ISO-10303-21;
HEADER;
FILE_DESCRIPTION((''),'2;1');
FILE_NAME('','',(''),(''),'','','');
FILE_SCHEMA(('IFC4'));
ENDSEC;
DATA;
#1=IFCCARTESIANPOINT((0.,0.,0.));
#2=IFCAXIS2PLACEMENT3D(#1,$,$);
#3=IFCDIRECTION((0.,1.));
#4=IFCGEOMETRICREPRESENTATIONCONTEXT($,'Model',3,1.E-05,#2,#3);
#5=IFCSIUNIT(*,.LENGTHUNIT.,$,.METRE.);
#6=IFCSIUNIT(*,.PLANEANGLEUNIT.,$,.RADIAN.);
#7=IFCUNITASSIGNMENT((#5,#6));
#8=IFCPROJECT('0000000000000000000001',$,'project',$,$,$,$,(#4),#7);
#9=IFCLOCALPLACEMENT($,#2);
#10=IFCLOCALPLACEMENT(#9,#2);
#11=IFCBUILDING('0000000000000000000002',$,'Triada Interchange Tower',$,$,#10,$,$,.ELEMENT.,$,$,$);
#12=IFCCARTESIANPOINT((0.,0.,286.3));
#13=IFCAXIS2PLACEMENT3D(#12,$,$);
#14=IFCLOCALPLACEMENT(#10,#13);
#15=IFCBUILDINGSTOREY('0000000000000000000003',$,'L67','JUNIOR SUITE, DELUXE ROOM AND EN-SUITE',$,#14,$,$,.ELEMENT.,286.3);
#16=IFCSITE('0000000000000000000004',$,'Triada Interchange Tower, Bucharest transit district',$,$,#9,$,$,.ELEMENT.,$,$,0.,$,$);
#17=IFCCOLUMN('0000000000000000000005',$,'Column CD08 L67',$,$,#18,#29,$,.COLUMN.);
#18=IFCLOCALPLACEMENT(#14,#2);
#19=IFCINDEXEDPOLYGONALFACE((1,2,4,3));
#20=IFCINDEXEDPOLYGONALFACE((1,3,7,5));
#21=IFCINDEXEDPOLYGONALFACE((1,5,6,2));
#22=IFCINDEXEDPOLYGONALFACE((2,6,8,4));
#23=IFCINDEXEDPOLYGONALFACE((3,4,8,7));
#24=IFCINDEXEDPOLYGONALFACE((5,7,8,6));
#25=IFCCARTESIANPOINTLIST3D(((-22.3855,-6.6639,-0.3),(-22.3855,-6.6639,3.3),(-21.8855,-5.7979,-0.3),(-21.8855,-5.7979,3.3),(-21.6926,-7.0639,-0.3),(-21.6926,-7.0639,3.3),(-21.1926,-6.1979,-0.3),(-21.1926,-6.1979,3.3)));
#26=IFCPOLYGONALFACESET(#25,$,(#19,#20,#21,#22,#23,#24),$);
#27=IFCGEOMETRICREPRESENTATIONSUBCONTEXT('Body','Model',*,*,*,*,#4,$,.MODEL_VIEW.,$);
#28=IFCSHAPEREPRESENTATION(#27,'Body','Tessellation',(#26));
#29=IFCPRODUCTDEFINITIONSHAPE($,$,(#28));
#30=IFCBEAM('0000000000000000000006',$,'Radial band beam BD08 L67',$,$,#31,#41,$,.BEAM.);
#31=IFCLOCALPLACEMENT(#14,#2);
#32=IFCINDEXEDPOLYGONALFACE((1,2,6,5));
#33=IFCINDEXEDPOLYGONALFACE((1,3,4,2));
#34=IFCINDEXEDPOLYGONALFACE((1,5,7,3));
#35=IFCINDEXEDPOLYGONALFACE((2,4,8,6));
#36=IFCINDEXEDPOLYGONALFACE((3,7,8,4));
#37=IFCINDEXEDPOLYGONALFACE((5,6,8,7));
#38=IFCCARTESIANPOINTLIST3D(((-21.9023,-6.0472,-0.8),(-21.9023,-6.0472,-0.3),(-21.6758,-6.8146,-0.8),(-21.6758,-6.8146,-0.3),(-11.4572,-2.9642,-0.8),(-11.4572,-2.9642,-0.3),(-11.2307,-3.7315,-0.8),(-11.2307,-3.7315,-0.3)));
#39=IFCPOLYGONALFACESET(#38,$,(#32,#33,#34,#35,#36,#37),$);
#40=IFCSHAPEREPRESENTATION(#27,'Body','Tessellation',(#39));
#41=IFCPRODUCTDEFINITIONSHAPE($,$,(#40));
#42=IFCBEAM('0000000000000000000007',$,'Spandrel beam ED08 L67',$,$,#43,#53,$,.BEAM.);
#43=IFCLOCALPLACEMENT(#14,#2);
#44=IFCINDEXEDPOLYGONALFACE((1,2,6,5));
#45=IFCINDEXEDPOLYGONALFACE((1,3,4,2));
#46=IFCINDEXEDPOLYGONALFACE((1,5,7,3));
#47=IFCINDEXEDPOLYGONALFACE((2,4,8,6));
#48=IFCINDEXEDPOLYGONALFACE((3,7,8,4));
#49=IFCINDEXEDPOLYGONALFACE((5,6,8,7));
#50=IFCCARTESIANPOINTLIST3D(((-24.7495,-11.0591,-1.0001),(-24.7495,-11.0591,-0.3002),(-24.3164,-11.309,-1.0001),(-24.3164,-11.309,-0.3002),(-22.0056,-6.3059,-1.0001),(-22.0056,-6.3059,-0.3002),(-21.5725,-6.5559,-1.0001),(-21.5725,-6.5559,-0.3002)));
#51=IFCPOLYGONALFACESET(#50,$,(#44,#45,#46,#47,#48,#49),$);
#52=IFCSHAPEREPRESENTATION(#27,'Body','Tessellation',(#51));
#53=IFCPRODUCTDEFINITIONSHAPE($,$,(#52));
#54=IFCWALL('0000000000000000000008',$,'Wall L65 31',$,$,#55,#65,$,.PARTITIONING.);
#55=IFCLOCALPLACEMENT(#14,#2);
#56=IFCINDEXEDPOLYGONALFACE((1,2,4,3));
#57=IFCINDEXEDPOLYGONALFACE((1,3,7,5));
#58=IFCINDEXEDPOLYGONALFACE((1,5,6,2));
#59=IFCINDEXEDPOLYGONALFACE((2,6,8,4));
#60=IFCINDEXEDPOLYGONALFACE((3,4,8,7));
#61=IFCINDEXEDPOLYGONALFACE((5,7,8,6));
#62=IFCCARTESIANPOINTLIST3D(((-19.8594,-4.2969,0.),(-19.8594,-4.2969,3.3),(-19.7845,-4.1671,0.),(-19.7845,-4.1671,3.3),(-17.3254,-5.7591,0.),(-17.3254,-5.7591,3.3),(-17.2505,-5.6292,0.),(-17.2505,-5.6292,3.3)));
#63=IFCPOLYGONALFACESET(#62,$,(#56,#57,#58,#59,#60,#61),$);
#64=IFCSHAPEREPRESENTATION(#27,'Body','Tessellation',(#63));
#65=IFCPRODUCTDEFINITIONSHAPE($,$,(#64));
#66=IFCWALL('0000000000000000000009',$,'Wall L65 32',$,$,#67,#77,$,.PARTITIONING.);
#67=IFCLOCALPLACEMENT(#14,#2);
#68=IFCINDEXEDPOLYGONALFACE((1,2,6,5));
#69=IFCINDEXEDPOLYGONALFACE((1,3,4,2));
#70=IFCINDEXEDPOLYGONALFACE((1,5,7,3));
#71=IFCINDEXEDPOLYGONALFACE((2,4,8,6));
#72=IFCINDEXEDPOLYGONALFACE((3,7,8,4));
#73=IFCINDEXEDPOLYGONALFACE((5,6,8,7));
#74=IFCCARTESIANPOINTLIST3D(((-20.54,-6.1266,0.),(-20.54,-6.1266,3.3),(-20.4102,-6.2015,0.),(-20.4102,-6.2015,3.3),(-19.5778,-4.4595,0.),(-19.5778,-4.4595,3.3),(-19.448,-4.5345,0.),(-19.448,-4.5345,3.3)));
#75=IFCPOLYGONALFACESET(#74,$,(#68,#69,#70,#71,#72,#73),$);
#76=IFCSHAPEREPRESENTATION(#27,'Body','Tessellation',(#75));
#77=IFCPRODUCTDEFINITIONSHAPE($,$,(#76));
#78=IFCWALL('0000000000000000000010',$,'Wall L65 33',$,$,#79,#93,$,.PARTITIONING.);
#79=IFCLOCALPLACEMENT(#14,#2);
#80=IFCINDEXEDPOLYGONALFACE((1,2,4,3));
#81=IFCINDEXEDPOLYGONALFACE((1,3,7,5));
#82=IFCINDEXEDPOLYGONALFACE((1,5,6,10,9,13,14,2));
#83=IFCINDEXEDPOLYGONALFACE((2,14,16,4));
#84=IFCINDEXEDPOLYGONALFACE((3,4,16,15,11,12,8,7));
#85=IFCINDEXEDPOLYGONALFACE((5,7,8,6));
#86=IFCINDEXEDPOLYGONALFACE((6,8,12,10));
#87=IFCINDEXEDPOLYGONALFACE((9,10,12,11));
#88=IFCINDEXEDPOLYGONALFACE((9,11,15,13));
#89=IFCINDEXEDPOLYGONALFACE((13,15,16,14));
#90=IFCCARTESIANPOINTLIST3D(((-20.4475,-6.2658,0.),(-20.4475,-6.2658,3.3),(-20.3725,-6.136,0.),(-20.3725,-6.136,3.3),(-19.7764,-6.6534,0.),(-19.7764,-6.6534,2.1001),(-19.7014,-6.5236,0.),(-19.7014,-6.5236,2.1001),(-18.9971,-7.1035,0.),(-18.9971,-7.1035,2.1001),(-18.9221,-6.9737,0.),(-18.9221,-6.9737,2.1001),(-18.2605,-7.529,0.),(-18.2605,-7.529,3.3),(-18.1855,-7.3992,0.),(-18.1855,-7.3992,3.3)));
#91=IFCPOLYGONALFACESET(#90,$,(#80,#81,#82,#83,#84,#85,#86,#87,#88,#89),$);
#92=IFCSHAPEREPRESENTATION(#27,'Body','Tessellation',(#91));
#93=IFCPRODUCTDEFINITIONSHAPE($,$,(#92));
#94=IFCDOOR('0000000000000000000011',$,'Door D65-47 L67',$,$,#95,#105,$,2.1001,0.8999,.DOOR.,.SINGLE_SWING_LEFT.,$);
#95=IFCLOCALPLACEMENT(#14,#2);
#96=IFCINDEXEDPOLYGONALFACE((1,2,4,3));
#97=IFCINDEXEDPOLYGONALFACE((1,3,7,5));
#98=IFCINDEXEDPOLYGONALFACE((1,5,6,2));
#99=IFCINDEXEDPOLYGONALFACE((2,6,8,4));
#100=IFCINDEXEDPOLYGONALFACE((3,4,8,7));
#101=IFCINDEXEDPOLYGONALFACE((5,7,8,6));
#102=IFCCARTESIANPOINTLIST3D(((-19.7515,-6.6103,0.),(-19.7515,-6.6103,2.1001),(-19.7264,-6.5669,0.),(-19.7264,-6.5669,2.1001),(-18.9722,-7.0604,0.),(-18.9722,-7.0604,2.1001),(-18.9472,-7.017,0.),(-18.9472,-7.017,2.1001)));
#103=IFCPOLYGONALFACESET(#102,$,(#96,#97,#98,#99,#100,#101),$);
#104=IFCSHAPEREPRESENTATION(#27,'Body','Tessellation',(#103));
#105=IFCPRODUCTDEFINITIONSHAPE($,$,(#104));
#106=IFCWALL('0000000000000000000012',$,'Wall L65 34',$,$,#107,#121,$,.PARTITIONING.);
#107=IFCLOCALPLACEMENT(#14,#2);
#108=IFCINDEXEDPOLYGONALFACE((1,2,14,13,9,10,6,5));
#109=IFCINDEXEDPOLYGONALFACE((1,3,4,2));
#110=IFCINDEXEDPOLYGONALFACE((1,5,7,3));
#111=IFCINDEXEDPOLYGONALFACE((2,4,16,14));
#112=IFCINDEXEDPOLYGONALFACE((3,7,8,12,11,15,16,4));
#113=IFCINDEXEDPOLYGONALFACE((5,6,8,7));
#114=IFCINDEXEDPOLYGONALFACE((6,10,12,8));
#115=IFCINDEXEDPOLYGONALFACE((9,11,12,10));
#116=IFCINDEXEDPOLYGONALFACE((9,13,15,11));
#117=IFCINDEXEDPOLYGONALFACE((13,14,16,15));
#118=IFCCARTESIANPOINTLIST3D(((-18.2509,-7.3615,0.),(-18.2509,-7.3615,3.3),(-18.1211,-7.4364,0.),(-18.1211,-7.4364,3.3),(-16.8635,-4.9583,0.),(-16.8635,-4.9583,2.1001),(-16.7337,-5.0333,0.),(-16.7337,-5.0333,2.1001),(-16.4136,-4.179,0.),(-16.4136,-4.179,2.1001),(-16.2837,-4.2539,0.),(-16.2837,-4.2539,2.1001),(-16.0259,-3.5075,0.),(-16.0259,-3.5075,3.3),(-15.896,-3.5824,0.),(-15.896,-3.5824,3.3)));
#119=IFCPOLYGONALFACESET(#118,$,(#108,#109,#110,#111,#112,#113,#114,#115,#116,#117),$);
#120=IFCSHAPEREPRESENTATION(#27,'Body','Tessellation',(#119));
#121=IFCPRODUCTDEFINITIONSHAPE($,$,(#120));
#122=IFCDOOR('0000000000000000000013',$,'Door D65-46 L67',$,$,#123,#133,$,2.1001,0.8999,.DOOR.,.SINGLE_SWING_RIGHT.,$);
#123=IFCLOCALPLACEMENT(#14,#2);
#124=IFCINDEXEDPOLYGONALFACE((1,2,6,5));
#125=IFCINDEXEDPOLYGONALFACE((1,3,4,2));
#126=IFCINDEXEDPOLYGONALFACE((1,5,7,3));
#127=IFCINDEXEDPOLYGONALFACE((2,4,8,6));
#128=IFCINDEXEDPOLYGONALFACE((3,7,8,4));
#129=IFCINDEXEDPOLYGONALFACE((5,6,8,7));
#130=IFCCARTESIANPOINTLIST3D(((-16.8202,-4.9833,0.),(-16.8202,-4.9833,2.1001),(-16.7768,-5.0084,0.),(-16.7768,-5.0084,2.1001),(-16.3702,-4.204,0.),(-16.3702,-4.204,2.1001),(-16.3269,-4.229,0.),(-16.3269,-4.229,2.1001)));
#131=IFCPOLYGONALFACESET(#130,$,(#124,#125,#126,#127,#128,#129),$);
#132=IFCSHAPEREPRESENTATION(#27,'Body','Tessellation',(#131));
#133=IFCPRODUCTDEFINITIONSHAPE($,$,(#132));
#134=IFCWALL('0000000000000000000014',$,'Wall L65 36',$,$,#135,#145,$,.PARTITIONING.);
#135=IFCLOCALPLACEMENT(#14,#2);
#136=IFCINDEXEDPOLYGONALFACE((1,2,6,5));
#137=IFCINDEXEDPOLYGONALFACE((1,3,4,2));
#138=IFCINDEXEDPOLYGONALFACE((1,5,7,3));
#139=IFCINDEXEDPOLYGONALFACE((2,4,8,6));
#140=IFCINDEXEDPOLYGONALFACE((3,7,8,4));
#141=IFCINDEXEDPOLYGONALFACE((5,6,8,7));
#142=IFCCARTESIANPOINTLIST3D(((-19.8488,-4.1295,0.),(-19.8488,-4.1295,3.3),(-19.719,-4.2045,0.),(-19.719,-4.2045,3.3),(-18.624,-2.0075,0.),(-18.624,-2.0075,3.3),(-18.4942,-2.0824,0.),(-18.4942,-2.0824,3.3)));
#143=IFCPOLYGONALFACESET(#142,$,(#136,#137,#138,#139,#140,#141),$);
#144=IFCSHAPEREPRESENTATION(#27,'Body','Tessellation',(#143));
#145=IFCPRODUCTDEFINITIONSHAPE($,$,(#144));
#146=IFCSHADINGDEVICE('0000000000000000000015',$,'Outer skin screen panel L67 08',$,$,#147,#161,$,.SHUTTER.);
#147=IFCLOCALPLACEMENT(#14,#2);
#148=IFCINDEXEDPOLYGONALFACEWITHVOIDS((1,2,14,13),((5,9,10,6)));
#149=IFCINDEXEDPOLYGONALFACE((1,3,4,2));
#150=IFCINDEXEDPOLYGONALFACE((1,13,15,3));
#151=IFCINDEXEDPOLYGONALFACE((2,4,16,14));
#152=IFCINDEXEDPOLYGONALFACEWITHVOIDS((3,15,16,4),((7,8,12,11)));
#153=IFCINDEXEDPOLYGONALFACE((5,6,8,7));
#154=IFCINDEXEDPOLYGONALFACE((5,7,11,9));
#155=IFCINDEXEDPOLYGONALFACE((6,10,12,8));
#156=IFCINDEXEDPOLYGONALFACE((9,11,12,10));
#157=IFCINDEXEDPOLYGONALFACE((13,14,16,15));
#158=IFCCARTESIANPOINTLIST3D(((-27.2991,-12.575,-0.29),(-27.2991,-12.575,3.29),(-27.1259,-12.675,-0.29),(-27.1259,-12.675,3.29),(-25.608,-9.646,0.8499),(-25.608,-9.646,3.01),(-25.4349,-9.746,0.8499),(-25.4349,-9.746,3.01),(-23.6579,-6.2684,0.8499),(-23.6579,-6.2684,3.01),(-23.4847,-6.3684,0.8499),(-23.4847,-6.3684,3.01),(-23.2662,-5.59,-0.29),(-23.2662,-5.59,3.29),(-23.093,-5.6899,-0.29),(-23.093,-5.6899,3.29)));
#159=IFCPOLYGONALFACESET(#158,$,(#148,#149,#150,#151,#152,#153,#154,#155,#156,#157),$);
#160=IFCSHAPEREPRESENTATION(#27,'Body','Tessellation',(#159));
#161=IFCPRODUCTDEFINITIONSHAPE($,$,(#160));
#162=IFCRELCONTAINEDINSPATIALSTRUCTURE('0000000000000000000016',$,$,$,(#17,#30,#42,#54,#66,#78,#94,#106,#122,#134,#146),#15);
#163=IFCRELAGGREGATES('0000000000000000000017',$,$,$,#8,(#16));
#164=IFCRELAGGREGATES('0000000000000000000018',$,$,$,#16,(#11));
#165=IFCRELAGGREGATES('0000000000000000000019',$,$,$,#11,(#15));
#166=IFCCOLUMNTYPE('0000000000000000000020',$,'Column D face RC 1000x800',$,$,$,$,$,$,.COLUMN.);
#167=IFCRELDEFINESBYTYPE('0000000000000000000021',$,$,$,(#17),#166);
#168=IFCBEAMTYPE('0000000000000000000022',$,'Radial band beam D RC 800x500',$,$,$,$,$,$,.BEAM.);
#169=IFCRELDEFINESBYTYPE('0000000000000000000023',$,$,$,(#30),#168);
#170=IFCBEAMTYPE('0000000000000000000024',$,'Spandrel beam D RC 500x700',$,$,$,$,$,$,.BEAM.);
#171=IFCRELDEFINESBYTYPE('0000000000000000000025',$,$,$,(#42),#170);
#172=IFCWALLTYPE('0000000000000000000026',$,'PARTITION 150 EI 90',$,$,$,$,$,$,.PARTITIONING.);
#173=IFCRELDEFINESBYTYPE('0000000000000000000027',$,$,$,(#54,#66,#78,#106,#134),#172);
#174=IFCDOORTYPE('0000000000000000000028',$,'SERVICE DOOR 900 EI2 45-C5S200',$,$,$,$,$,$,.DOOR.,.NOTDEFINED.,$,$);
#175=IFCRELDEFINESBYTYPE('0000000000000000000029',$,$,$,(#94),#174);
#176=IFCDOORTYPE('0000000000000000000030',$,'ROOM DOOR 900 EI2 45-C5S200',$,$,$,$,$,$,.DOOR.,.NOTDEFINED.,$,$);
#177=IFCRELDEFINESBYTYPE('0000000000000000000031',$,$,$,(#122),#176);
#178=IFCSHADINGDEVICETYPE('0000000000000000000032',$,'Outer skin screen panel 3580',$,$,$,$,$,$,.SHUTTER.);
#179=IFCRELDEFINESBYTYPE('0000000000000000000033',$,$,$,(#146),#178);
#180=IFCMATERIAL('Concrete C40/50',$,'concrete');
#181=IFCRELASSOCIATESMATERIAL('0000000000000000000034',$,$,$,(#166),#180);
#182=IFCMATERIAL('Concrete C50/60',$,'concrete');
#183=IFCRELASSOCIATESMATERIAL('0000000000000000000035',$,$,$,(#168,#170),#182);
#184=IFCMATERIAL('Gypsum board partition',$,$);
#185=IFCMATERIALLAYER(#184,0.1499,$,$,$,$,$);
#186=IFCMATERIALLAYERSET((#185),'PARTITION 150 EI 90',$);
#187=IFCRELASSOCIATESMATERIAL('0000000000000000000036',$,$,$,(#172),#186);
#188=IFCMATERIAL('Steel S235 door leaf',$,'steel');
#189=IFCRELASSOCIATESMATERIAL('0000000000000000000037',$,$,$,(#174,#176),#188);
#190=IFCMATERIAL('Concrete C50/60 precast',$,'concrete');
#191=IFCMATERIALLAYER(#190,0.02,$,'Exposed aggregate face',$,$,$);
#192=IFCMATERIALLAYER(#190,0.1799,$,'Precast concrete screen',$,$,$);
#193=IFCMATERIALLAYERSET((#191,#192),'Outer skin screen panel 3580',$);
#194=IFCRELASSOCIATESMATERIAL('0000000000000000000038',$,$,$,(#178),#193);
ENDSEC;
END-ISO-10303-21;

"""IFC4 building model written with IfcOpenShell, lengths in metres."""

from ifc_helpers import new_model, si_unit, direction, frame, frame_2d, origin, origin_2d, place, context, subcontext, project, spatial, polyline, rectangle, outline, extrude, material, layer, layer_set, material_profile, profile_set, type_object, element, fill, save


model = new_model("IFC4")

# Units and contexts
model_context = context("Model", 3, precision=1e-05, world=origin(), true_north=direction((0.0, 1.0)))
body_context = subcontext(model_context, "Body", "Model", "MODEL_VIEW")
ifc_project = project(units=[si_unit("LENGTHUNIT", "METRE"), si_unit("PLANEANGLEUNIT", "RADIAN")], contexts=[model_context])

# Site, building, storey
site_placement = place(None, origin())
site = spatial("IfcSite", under=ifc_project, at=site_placement, Name="Triada Interchange Tower, Bucharest transit district", CompositionType="ELEMENT", RefElevation=0.0)
building_placement = place(site_placement, origin())
building = spatial("IfcBuilding", under=site, at=building_placement, Name="Triada Interchange Tower", CompositionType="ELEMENT")
storey_placement = place(building_placement, frame((0.0, 0.0, 286.3)))
storey = spatial("IfcBuildingStorey", under=building, at=storey_placement, Name="L67", Description="JUNIOR SUITE, DELUXE ROOM AND EN-SUITE", CompositionType="ELEMENT", Elevation=286.3)

# Column
ifc_material_1 = material(Name="Concrete C40/50", Category="concrete")
ifc_material_profile_1 = material_profile(ifc_material_1, rectangle(XDim=1.0, YDim=0.8, at=origin_2d()), Name="RC 1000x800")
ifc_profile_set_1 = profile_set([ifc_material_profile_1], Name="Concrete C40/50")
column_type = type_object("IfcColumnType", Name="Column D face RC 1000x800", PredefinedType="COLUMN", material=ifc_profile_set_1)
column_placement = place(storey_placement, frame((-21.7891, -6.4309, -0.3), z_axis=(0.0, 0.0, 1.0), x_axis=(0.5, 0.866025, 0.0)))
element("IfcColumn", 1, at=column_placement, inside=storey, type_object=column_type, Name="Column CD08 L67", PredefinedType="COLUMN", context=body_context, shape_type="SweptSolid", body=[
    extrude(rectangle(XDim=1.0, YDim=0.8, at=origin_2d()), origin(), (0.0, 0.0, 1.0), 3.6001),
])

# Beams
ifc_material_2 = material(Name="Concrete C50/60", Category="concrete")
ifc_material_profile_2 = material_profile(ifc_material_2, rectangle(XDim=0.8, YDim=0.5, at=origin_2d()), Name="RC 800x500")
ifc_profile_set_2 = profile_set([ifc_material_profile_2], Name="Concrete C50/60")
beam_type_1 = type_object("IfcBeamType", Name="Radial band beam D RC 800x500", PredefinedType="BEAM", material=ifc_profile_set_2)
beam_1_placement = place(storey_placement, frame((-21.7891, -6.4309, -0.55), z_axis=(0.959093, 0.28309, 0.0), x_axis=(-0.28309, 0.959093, 0.0)))
element("IfcBeam", 2, at=beam_1_placement, inside=storey, type_object=beam_type_1, Name="Radial band beam BD08 L67", PredefinedType="BEAM", context=body_context, shape_type="SweptSolid", body=[
    extrude(rectangle(XDim=0.8, YDim=0.5, at=origin_2d()), origin(), (0.0, 0.0, 1.0), 10.8906),
])
ifc_material_profile_3 = material_profile(ifc_material_2, rectangle(XDim=0.5, YDim=0.7, at=origin_2d()), Name="RC 500x700")
ifc_profile_set_3 = profile_set([ifc_material_profile_3], Name="Concrete C50/60")
beam_type_2 = type_object("IfcBeamType", Name="Spandrel beam D RC 500x700", PredefinedType="BEAM", material=ifc_profile_set_3)
beam_2_placement = place(storey_placement, frame((-21.7891, -6.4309, -0.6501), z_axis=(-0.499952, -0.866053, 0.0), x_axis=(0.866053, -0.499952, 0.0)))
element("IfcBeam", 3, at=beam_2_placement, inside=storey, type_object=beam_type_2, Name="Spandrel beam ED08 L67", PredefinedType="BEAM", context=body_context, shape_type="SweptSolid", body=[
    extrude(rectangle(XDim=0.5, YDim=0.7, at=origin_2d()), origin(), (0.0, 0.0, 1.0), 5.4883),
])

# Walls
ifc_material_3 = material(Name="Gypsum board partition")
ifc_layer_1 = layer(ifc_material_3, 0.1499)
ifc_layer_set_1 = layer_set([ifc_layer_1], Name="PARTITION 150 EI 90")
wall_type = type_object("IfcWallType", Name="PARTITION 150 EI 90", PredefinedType="PARTITIONING", material=ifc_layer_set_1)
wall_1_placement = place(storey_placement, frame((-19.822, -4.2319, 0.0), z_axis=(0.0, 0.0, 1.0), x_axis=(0.866145, -0.499792, 0.0)))
element("IfcWall", 4, at=wall_1_placement, inside=storey, type_object=wall_type, Name="Wall L65 31", PredefinedType="PARTITIONING", context=body_context, shape_type="SweptSolid", body=[
    extrude(rectangle(XDim=2.9255, YDim=0.1499, at=frame_2d((1.4629, 0.0))), origin(), (0.0, 0.0, 1.0), 3.3),
])
wall_2_placement = place(storey_placement, frame((-20.4751, -6.1641, 0.0), z_axis=(0.0, 0.0, 1.0), x_axis=(0.499891, 0.866088, 0.0)))
element("IfcWall", 5, at=wall_2_placement, inside=storey, type_object=wall_type, Name="Wall L65 32", PredefinedType="PARTITIONING", context=body_context, shape_type="SweptSolid", body=[
    extrude(rectangle(XDim=1.9248, YDim=0.1499, at=frame_2d((0.9624, 0.0))), origin(), (0.0, 0.0, 1.0), 3.3),
])

# Walls, openings, doors
wall_3_placement = place(storey_placement, frame((-20.4099, -6.2009, 0.0), z_axis=(0.0, 0.0, 1.0), x_axis=(0.865938, -0.500152, 0.0)))
wall_3 = element("IfcWall", 6, at=wall_3_placement, inside=storey, type_object=wall_type, Name="Wall L65 33", PredefinedType="PARTITIONING", context=body_context, shape_type="SweptSolid", body=[
    extrude(rectangle(XDim=2.5256, YDim=0.1499, at=frame_2d((1.2627, 0.0))), origin(), (0.0, 0.0, 1.0), 3.3),
])
opening_1_placement = place(wall_3_placement, frame((0.7749, 0.0, 0.0)))
opening_1 = element("IfcOpeningElement", 7, at=opening_1_placement, cuts=wall_3, PredefinedType="OPENING", context=body_context, shape_type="SweptSolid", body=[
    extrude(rectangle(XDim=0.8999, YDim=2.1001, at=frame_2d((0.45, 1.05))), frame((0.0, 0.085, 0.0), z_axis=(0.0, -1.0, 0.0), x_axis=(1.0, 0.0, 0.0)), (0.0, 0.0, 1.0), 0.1699),
])
ifc_material_4 = material(Name="Steel S235 door leaf", Category="steel")
door_type_1 = type_object("IfcDoorType", Name="SERVICE DOOR 900 EI2 45-C5S200", OperationType="NOTDEFINED", PredefinedType="DOOR", material=ifc_material_4)
door_1_placement = place(opening_1_placement, origin())
door_1 = element("IfcDoor", 8, at=door_1_placement, inside=storey, type_object=door_type_1, Name="Door D65-47 L67", OperationType="SINGLE_SWING_LEFT", OverallHeight=2.1001, OverallWidth=0.8999, PredefinedType="DOOR", context=body_context, shape_type="SweptSolid", body=[
    extrude(rectangle(XDim=0.8999, YDim=2.1001, at=frame_2d((0.45, 1.05))), frame((0.0, 0.0249, 0.0), z_axis=(0.0, -1.0, 0.0), x_axis=(1.0, 0.0, 0.0)), (0.0, 0.0, 1.0), 0.05),
])
fill(opening_1, door_1)
wall_4_placement = place(storey_placement, frame((-18.186, -7.3989, 0.0), z_axis=(0.0, 0.0, 1.0), x_axis=(0.499998, 0.866027, 0.0)))
wall_4 = element("IfcWall", 9, at=wall_4_placement, inside=storey, type_object=wall_type, Name="Wall L65 34", PredefinedType="PARTITIONING", context=body_context, shape_type="SweptSolid", body=[
    extrude(rectangle(XDim=4.4502, YDim=0.1499, at=frame_2d((2.2251, 0.0))), origin(), (0.0, 0.0, 1.0), 3.3),
])
opening_2_placement = place(wall_4_placement, frame((2.7749, 0.0, 0.0)))
opening_2 = element("IfcOpeningElement", 10, at=opening_2_placement, cuts=wall_4, PredefinedType="OPENING", context=body_context, shape_type="SweptSolid", body=[
    extrude(rectangle(XDim=0.8999, YDim=2.1001, at=frame_2d((0.45, 1.05))), frame((0.0, 0.085, 0.0), z_axis=(0.0, -1.0, 0.0), x_axis=(1.0, 0.0, 0.0)), (0.0, 0.0, 1.0), 0.1699),
])
door_type_2 = type_object("IfcDoorType", Name="ROOM DOOR 900 EI2 45-C5S200", OperationType="NOTDEFINED", PredefinedType="DOOR", material=ifc_material_4)
door_2_placement = place(opening_2_placement, origin())
door_2 = element("IfcDoor", 11, at=door_2_placement, inside=storey, type_object=door_type_2, Name="Door D65-46 L67", OperationType="SINGLE_SWING_RIGHT", OverallHeight=2.1001, OverallWidth=0.8999, PredefinedType="DOOR", context=body_context, shape_type="SweptSolid", body=[
    extrude(rectangle(XDim=0.8999, YDim=2.1001, at=frame_2d((0.45, 1.05))), frame((0.0, 0.0249, 0.0), z_axis=(0.0, -1.0, 0.0), x_axis=(1.0, 0.0, 0.0)), (0.0, 0.0, 1.0), 0.05),
])
fill(opening_2, door_2)

# Wall
wall_5_placement = place(storey_placement, frame((-19.7839, -4.167, 0.0), z_axis=(0.0, 0.0, 1.0), x_axis=(0.499901, 0.866083, 0.0)))
element("IfcWall", 12, at=wall_5_placement, inside=storey, type_object=wall_type, Name="Wall L65 36", PredefinedType="PARTITIONING", context=body_context, shape_type="SweptSolid", body=[
    extrude(rectangle(XDim=2.4502, YDim=0.1499, at=frame_2d((1.2251, 0.0))), origin(), (0.0, 0.0, 1.0), 3.3),
])

# Shading device
ifc_material_5 = material(Name="Concrete C50/60 precast", Category="concrete")
ifc_layer_2 = layer(ifc_material_5, 0.02, Name="Exposed aggregate face")
ifc_layer_3 = layer(ifc_material_5, 0.1799, Name="Precast concrete screen")
ifc_layer_set_2 = layer_set([ifc_layer_2, ifc_layer_3], Name="Outer skin screen panel 3580")
shading_device_type = type_object("IfcShadingDeviceType", Name="Outer skin screen panel 3580", PredefinedType="SHUTTER", material=ifc_layer_set_2)
shading_device_placement = place(storey_placement, frame((-23.093, -5.6899, -0.29), z_axis=(0.0, 0.0, 1.0), x_axis=(-0.50001, -0.86602, 0.0)))
element("IfcShadingDevice", 13, at=shading_device_placement, inside=storey, type_object=shading_device_type, Name="Outer skin screen panel L67 08", PredefinedType="SHUTTER", context=body_context, shape_type="SweptSolid", body=[
    extrude(outline(polyline([(0.0, 0.0), (8.0657, 0.0), (8.0657, 3.5801), (0.0, 3.5801), (0.0, 0.0)]), holes=[polyline([(0.7834, 1.1399), (0.7834, 3.3), (4.6836, 3.3), (4.6836, 1.1399), (0.7834, 1.1399)])]), frame((0.0, 0.0, 0.0), z_axis=(0.0, -1.0, 0.0), x_axis=(1.0, 0.0, 0.0)), (0.0, 0.0, 1.0), 0.2),
])

save(model, "model.ifc")
